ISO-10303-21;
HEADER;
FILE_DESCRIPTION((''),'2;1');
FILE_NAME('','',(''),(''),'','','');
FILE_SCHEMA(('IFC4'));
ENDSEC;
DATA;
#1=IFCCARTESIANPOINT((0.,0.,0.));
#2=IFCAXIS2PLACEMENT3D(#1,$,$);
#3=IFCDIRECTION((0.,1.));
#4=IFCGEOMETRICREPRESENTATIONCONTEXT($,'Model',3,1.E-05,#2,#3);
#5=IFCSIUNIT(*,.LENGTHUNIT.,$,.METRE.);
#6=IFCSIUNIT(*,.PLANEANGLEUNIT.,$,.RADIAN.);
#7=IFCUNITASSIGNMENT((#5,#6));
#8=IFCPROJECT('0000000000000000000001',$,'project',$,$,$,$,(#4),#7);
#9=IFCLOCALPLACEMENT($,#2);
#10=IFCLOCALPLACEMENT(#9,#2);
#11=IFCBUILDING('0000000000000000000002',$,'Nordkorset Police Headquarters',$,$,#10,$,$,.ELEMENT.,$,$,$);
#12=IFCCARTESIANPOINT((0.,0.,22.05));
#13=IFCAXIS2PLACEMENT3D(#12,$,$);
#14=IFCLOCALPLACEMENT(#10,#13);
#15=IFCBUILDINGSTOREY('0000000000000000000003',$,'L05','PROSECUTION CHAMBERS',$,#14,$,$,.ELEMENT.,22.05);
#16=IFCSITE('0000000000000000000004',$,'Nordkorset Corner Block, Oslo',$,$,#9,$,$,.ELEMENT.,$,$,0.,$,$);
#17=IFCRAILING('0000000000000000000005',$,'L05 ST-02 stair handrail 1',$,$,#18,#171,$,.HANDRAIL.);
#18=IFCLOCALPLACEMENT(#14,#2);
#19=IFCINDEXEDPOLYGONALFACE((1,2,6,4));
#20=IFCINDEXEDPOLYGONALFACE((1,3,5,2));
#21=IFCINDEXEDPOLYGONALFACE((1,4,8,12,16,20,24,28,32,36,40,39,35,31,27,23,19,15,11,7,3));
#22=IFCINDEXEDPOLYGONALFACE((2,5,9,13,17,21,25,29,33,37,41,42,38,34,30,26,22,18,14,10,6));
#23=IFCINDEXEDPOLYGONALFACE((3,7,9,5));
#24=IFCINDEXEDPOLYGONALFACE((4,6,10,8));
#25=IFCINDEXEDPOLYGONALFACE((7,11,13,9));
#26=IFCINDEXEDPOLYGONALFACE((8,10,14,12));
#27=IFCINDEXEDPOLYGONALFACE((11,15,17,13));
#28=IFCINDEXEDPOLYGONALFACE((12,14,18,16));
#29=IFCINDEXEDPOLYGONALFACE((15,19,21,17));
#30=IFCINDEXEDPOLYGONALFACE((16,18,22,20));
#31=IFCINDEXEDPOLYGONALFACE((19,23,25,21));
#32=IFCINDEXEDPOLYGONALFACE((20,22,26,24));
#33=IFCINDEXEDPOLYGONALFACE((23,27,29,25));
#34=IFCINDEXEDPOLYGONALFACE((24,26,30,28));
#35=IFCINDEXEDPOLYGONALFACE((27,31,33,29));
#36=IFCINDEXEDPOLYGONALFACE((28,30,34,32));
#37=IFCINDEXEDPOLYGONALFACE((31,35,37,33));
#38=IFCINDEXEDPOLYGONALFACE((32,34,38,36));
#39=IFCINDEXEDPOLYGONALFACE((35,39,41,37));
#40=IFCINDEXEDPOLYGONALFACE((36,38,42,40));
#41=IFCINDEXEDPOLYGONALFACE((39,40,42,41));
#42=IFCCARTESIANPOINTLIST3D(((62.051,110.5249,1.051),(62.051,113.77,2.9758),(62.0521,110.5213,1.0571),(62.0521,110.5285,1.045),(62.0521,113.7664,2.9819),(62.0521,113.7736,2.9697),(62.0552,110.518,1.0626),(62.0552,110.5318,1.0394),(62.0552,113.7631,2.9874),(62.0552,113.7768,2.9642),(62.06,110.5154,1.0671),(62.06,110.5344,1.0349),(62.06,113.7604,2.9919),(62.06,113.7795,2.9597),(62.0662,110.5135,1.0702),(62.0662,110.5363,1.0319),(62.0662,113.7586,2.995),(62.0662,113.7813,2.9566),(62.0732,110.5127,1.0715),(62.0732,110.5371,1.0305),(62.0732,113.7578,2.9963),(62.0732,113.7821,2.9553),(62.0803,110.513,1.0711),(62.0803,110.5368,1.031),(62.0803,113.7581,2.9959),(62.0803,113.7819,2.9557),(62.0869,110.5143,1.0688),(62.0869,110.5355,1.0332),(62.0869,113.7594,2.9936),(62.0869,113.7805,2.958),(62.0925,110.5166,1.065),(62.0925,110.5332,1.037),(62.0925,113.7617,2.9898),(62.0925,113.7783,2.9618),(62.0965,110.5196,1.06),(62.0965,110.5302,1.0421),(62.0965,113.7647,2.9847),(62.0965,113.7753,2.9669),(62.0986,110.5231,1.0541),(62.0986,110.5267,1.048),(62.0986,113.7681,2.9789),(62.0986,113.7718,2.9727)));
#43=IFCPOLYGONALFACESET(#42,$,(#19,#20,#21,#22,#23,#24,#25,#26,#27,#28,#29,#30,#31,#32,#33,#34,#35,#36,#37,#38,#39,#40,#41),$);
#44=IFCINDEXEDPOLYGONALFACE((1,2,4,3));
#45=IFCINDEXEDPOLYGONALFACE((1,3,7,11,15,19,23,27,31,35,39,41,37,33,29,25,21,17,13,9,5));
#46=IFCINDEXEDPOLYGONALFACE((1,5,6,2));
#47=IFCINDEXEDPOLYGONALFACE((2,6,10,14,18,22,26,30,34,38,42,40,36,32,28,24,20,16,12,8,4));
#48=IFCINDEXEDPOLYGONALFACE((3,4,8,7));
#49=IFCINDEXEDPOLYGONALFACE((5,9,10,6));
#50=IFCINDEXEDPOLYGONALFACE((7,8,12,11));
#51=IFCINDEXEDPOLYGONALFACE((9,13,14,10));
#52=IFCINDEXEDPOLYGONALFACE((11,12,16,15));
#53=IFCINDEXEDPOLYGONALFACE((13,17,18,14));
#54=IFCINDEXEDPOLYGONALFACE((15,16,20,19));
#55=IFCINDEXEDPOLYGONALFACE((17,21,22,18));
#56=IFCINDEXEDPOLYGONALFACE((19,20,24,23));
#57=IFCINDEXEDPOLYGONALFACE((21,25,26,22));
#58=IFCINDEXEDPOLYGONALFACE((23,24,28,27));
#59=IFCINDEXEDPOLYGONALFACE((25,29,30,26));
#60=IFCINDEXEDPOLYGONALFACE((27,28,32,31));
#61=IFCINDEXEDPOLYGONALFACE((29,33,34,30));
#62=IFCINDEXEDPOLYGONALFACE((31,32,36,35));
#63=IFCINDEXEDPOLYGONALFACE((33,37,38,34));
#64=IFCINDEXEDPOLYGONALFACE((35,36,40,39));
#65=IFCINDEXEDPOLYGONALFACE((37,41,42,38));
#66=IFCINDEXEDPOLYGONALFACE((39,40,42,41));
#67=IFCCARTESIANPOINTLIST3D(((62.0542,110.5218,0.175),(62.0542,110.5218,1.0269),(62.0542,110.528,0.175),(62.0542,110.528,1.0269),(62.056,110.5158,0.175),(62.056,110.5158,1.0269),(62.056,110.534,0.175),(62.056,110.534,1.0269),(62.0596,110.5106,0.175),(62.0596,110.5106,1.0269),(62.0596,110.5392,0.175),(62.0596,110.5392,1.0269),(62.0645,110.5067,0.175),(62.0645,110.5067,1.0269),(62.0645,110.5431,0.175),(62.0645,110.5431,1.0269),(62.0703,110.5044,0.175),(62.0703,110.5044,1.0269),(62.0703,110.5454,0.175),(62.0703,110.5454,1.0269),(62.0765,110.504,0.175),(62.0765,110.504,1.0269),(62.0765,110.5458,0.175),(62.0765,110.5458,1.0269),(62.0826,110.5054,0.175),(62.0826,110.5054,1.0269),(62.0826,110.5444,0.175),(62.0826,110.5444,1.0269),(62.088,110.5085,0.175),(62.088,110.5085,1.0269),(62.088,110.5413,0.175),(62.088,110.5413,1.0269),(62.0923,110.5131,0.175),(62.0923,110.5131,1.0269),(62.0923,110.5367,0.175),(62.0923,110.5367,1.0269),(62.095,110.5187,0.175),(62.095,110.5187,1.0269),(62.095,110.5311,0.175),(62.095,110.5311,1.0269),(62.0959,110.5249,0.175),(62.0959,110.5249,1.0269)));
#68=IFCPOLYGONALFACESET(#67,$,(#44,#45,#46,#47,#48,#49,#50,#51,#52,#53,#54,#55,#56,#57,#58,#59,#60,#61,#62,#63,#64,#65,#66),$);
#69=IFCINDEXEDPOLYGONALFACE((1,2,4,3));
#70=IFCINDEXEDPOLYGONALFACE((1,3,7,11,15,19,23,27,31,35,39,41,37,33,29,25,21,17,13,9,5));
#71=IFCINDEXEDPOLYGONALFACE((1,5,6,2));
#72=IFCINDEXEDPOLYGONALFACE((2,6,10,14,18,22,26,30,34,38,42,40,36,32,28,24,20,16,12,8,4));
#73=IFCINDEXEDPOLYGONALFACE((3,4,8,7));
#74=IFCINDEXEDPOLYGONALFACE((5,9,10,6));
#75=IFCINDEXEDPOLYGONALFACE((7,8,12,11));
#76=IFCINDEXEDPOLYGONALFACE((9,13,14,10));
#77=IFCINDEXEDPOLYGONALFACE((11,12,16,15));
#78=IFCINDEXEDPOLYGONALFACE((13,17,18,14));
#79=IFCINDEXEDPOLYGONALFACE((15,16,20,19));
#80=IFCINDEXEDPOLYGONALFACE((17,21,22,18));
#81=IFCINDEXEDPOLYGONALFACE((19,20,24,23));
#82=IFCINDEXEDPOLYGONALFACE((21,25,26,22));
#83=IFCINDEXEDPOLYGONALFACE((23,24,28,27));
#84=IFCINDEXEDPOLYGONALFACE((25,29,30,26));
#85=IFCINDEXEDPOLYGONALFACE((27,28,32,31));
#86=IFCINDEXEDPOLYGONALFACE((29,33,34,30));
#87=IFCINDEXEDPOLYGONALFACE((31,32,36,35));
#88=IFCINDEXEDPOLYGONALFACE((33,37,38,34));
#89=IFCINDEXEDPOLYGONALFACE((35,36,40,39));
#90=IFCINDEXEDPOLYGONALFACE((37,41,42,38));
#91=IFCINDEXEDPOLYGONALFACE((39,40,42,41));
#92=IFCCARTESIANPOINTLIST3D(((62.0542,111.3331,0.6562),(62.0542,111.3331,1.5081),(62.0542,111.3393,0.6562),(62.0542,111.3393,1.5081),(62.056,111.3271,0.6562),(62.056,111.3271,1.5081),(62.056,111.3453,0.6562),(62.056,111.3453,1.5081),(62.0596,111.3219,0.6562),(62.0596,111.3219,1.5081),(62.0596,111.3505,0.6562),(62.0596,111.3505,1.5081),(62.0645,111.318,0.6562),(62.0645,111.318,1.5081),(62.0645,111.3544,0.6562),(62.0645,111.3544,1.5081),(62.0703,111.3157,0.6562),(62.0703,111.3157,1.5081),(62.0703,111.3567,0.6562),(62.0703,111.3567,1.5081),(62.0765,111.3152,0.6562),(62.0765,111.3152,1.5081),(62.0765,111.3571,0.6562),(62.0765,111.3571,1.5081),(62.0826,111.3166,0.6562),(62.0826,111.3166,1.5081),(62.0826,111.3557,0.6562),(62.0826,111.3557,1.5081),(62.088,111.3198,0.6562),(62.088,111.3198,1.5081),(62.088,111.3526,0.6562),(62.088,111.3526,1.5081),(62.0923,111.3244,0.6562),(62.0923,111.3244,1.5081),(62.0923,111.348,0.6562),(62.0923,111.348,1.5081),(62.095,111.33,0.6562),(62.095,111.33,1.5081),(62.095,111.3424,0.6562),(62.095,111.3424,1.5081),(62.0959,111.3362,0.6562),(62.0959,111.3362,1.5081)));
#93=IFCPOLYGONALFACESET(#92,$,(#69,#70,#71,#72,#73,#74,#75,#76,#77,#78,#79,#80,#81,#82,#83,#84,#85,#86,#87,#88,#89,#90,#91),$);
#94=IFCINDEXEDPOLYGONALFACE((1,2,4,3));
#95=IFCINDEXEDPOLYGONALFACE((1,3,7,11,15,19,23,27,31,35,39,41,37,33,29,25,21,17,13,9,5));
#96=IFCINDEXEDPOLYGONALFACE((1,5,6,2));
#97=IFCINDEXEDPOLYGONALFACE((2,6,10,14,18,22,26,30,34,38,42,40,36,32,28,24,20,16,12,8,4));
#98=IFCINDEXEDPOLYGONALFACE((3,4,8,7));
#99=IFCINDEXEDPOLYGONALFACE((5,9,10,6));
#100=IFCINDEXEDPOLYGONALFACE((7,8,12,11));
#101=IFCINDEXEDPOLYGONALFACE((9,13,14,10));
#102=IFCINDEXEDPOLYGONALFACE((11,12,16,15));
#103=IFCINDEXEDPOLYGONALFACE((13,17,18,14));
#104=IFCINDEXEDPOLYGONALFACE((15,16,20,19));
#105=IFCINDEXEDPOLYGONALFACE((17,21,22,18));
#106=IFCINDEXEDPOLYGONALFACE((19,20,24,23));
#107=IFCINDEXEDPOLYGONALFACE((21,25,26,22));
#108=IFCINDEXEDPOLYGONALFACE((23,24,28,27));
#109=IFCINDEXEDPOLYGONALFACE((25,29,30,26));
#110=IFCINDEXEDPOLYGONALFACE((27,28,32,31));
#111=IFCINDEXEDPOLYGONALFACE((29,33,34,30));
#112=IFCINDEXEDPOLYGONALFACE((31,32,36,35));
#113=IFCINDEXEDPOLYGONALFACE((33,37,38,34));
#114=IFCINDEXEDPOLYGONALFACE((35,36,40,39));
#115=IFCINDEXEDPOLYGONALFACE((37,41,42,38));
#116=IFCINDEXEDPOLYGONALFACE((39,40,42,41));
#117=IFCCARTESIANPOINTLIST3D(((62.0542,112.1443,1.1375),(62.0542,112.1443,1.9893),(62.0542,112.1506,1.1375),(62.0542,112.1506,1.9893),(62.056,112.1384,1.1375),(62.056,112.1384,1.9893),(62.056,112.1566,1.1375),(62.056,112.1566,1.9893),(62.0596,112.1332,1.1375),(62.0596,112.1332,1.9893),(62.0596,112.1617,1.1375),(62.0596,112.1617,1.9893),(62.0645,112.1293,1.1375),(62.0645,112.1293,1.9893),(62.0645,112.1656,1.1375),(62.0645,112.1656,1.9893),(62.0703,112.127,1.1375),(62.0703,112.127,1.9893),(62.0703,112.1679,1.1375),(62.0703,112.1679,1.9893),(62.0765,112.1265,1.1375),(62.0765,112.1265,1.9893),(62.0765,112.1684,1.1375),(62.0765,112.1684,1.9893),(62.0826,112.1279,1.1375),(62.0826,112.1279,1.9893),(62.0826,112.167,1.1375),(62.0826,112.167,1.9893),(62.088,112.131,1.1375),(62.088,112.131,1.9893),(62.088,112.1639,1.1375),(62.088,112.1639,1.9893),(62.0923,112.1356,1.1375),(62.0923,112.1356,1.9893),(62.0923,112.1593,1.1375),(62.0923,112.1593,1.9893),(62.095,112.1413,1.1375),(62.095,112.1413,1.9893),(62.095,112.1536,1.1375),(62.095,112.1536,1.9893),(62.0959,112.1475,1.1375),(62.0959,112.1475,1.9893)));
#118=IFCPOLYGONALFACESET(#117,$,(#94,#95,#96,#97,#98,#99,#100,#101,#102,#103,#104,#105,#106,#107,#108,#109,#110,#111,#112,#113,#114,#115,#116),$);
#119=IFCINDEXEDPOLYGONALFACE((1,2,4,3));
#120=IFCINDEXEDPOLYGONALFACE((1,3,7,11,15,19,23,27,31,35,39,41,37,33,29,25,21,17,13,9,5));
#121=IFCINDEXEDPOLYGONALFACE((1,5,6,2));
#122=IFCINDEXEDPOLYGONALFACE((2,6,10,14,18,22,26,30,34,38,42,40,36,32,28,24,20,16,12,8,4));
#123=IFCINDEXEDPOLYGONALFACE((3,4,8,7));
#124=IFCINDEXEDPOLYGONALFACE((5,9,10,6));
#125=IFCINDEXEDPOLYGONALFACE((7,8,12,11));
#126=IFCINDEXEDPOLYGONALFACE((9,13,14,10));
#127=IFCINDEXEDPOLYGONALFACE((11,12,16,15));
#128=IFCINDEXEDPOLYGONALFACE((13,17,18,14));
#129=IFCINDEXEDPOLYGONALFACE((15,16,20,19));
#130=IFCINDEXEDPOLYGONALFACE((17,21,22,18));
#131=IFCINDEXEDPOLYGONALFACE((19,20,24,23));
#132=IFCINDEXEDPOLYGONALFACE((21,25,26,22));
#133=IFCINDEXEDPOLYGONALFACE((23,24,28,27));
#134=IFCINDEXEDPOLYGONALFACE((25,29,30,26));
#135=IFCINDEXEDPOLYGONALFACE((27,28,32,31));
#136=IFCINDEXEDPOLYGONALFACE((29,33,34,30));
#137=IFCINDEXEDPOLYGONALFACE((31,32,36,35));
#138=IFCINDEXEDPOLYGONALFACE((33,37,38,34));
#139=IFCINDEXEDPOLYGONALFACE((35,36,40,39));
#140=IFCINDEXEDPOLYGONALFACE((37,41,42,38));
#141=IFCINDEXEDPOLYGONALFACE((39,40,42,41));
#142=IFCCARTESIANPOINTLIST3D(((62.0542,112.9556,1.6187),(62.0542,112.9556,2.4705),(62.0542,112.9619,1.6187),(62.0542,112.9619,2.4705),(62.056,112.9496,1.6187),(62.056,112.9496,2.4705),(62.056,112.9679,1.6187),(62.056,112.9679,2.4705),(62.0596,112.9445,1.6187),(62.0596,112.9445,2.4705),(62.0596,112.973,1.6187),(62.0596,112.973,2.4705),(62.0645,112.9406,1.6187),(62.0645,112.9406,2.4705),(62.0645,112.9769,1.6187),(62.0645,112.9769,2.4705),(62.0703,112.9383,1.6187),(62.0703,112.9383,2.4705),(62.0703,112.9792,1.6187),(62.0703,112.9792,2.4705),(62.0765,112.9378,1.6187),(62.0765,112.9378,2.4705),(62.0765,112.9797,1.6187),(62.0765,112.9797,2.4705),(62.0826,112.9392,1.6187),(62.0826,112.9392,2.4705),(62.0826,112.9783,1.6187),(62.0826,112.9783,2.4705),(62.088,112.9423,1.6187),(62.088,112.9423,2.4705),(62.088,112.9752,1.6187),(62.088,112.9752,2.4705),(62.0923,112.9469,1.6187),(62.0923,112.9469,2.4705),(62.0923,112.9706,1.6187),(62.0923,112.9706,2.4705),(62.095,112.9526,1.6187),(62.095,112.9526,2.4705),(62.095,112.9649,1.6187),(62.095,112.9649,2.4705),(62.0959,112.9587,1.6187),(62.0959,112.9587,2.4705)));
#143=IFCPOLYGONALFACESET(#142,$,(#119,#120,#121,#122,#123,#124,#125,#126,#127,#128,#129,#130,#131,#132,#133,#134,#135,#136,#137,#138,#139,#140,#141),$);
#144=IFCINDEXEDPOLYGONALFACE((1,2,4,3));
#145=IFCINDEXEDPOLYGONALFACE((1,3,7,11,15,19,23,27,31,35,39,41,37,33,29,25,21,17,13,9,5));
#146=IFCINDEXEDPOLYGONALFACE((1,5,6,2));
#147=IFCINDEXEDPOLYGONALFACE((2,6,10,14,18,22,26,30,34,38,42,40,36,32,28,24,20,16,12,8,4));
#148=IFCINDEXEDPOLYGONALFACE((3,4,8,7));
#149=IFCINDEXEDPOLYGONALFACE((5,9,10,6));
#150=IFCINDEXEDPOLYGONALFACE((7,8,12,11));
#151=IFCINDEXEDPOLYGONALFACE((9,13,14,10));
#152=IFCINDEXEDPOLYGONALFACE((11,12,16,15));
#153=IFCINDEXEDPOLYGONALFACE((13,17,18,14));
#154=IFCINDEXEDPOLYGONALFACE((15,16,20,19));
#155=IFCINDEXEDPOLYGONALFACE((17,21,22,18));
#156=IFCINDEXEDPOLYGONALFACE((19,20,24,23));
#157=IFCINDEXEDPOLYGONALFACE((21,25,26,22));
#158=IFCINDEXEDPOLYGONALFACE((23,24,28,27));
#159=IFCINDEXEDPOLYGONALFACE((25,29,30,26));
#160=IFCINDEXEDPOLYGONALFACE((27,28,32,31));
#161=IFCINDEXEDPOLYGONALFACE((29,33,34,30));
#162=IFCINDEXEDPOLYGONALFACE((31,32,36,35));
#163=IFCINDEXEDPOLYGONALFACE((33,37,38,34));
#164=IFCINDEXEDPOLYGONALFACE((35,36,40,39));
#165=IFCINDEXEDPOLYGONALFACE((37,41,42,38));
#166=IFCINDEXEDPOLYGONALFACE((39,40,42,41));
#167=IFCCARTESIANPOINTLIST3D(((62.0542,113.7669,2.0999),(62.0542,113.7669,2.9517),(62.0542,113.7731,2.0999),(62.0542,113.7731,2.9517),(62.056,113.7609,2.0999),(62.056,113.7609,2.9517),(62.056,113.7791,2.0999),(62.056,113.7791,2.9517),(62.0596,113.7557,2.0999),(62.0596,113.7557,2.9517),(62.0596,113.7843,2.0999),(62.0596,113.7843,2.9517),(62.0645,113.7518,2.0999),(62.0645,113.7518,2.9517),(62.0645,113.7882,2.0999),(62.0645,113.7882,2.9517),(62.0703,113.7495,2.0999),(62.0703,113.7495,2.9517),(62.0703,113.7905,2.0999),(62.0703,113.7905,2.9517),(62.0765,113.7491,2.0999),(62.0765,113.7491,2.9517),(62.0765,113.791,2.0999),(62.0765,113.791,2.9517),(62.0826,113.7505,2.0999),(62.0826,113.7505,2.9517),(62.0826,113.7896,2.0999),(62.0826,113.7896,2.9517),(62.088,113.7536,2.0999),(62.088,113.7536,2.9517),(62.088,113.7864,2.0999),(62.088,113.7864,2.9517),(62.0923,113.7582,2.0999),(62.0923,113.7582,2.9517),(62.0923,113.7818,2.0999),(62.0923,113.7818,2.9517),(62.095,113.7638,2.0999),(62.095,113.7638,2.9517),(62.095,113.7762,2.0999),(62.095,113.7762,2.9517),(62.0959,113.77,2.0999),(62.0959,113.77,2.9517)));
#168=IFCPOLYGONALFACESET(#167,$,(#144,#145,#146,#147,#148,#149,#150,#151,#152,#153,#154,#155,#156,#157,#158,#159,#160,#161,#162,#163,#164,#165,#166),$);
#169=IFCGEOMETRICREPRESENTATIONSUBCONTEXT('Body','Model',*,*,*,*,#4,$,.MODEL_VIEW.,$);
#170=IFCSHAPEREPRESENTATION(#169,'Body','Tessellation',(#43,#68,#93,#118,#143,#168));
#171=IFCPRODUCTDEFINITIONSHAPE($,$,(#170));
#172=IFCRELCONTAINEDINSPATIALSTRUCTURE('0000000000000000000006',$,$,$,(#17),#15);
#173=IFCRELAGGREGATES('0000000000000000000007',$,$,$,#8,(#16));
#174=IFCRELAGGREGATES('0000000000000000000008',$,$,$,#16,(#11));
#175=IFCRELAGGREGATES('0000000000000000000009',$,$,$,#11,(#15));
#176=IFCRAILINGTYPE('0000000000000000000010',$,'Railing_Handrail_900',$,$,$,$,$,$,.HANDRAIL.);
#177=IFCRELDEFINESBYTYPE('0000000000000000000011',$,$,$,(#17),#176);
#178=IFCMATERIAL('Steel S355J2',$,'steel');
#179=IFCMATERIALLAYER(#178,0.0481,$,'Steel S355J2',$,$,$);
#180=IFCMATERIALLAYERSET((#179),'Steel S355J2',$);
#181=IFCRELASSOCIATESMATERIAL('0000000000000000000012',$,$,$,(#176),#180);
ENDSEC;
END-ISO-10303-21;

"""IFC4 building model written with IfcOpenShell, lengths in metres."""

from ifc_helpers import new_model, si_unit, direction, frame, origin, origin_2d, place, context, subcontext, project, spatial, circle, extrude, material, layer, layer_set, type_object, element, save


model = new_model("IFC4")

# Units and contexts
model_context = context("Model", 3, precision=1e-05, world=origin(), true_north=direction((0.0, 1.0)))
body_context = subcontext(model_context, "Body", "Model", "MODEL_VIEW")
ifc_project = project(units=[si_unit("LENGTHUNIT", "METRE"), si_unit("PLANEANGLEUNIT", "RADIAN")], contexts=[model_context])

# Site, building, storey
site_placement = place(None, origin())
site = spatial("IfcSite", under=ifc_project, at=site_placement, Name="Nordkorset Corner Block, Oslo", CompositionType="ELEMENT", RefElevation=0.0)
building_placement = place(site_placement, origin())
building = spatial("IfcBuilding", under=site, at=building_placement, Name="Nordkorset Police Headquarters", CompositionType="ELEMENT")
storey_placement = place(building_placement, frame((0.0, 0.0, 22.05)))
storey = spatial("IfcBuildingStorey", under=building, at=storey_placement, Name="L05", Description="PROSECUTION CHAMBERS", CompositionType="ELEMENT", Elevation=22.05)

# Railing
ifc_material_1 = material(Name="Steel S355J2", Category="steel")
ifc_layer_1 = layer(ifc_material_1, 0.0481, Name="Steel S355J2")
ifc_layer_set_1 = layer_set([ifc_layer_1], Name="Steel S355J2")
railing_type_1 = type_object("IfcRailingType", Name="Railing_Handrail_900", PredefinedType="HANDRAIL", material=ifc_layer_set_1)
railing_1_placement = place(storey_placement, frame((62.075, 110.5249, 0.175)))
element("IfcRailing", 1, at=railing_1_placement, inside=storey, type_object=railing_type_1, Name="L05 ST-02 stair handrail 1", PredefinedType="HANDRAIL", context=body_context, shape_type="SweptSolid", body=[
    extrude(circle(Radius=0.0239, at=origin_2d()), frame((0.0, 0.0, 0.876), z_axis=(0.0, 0.860085, 0.51015), x_axis=(-1.0, 0.0, 0.0)), (0.0, 0.0, 1.0), 3.7729),
    extrude(circle(Radius=0.021, at=origin_2d()), origin(), (0.0, 0.0, 1.0), 0.8518),
    extrude(circle(Radius=0.021, at=origin_2d()), frame((0.0, 0.8113, 0.4812)), (0.0, 0.0, 1.0), 0.8518),
    extrude(circle(Radius=0.021, at=origin_2d()), frame((0.0, 1.6226, 0.9624)), (0.0, 0.0, 1.0), 0.8518),
    extrude(circle(Radius=0.021, at=origin_2d()), frame((0.0, 2.4338, 1.4436)), (0.0, 0.0, 1.0), 0.8518),
    extrude(circle(Radius=0.021, at=origin_2d()), frame((0.0, 3.2451, 1.9248)), (0.0, 0.0, 1.0), 0.8518),
])

save(model, "model.ifc")
